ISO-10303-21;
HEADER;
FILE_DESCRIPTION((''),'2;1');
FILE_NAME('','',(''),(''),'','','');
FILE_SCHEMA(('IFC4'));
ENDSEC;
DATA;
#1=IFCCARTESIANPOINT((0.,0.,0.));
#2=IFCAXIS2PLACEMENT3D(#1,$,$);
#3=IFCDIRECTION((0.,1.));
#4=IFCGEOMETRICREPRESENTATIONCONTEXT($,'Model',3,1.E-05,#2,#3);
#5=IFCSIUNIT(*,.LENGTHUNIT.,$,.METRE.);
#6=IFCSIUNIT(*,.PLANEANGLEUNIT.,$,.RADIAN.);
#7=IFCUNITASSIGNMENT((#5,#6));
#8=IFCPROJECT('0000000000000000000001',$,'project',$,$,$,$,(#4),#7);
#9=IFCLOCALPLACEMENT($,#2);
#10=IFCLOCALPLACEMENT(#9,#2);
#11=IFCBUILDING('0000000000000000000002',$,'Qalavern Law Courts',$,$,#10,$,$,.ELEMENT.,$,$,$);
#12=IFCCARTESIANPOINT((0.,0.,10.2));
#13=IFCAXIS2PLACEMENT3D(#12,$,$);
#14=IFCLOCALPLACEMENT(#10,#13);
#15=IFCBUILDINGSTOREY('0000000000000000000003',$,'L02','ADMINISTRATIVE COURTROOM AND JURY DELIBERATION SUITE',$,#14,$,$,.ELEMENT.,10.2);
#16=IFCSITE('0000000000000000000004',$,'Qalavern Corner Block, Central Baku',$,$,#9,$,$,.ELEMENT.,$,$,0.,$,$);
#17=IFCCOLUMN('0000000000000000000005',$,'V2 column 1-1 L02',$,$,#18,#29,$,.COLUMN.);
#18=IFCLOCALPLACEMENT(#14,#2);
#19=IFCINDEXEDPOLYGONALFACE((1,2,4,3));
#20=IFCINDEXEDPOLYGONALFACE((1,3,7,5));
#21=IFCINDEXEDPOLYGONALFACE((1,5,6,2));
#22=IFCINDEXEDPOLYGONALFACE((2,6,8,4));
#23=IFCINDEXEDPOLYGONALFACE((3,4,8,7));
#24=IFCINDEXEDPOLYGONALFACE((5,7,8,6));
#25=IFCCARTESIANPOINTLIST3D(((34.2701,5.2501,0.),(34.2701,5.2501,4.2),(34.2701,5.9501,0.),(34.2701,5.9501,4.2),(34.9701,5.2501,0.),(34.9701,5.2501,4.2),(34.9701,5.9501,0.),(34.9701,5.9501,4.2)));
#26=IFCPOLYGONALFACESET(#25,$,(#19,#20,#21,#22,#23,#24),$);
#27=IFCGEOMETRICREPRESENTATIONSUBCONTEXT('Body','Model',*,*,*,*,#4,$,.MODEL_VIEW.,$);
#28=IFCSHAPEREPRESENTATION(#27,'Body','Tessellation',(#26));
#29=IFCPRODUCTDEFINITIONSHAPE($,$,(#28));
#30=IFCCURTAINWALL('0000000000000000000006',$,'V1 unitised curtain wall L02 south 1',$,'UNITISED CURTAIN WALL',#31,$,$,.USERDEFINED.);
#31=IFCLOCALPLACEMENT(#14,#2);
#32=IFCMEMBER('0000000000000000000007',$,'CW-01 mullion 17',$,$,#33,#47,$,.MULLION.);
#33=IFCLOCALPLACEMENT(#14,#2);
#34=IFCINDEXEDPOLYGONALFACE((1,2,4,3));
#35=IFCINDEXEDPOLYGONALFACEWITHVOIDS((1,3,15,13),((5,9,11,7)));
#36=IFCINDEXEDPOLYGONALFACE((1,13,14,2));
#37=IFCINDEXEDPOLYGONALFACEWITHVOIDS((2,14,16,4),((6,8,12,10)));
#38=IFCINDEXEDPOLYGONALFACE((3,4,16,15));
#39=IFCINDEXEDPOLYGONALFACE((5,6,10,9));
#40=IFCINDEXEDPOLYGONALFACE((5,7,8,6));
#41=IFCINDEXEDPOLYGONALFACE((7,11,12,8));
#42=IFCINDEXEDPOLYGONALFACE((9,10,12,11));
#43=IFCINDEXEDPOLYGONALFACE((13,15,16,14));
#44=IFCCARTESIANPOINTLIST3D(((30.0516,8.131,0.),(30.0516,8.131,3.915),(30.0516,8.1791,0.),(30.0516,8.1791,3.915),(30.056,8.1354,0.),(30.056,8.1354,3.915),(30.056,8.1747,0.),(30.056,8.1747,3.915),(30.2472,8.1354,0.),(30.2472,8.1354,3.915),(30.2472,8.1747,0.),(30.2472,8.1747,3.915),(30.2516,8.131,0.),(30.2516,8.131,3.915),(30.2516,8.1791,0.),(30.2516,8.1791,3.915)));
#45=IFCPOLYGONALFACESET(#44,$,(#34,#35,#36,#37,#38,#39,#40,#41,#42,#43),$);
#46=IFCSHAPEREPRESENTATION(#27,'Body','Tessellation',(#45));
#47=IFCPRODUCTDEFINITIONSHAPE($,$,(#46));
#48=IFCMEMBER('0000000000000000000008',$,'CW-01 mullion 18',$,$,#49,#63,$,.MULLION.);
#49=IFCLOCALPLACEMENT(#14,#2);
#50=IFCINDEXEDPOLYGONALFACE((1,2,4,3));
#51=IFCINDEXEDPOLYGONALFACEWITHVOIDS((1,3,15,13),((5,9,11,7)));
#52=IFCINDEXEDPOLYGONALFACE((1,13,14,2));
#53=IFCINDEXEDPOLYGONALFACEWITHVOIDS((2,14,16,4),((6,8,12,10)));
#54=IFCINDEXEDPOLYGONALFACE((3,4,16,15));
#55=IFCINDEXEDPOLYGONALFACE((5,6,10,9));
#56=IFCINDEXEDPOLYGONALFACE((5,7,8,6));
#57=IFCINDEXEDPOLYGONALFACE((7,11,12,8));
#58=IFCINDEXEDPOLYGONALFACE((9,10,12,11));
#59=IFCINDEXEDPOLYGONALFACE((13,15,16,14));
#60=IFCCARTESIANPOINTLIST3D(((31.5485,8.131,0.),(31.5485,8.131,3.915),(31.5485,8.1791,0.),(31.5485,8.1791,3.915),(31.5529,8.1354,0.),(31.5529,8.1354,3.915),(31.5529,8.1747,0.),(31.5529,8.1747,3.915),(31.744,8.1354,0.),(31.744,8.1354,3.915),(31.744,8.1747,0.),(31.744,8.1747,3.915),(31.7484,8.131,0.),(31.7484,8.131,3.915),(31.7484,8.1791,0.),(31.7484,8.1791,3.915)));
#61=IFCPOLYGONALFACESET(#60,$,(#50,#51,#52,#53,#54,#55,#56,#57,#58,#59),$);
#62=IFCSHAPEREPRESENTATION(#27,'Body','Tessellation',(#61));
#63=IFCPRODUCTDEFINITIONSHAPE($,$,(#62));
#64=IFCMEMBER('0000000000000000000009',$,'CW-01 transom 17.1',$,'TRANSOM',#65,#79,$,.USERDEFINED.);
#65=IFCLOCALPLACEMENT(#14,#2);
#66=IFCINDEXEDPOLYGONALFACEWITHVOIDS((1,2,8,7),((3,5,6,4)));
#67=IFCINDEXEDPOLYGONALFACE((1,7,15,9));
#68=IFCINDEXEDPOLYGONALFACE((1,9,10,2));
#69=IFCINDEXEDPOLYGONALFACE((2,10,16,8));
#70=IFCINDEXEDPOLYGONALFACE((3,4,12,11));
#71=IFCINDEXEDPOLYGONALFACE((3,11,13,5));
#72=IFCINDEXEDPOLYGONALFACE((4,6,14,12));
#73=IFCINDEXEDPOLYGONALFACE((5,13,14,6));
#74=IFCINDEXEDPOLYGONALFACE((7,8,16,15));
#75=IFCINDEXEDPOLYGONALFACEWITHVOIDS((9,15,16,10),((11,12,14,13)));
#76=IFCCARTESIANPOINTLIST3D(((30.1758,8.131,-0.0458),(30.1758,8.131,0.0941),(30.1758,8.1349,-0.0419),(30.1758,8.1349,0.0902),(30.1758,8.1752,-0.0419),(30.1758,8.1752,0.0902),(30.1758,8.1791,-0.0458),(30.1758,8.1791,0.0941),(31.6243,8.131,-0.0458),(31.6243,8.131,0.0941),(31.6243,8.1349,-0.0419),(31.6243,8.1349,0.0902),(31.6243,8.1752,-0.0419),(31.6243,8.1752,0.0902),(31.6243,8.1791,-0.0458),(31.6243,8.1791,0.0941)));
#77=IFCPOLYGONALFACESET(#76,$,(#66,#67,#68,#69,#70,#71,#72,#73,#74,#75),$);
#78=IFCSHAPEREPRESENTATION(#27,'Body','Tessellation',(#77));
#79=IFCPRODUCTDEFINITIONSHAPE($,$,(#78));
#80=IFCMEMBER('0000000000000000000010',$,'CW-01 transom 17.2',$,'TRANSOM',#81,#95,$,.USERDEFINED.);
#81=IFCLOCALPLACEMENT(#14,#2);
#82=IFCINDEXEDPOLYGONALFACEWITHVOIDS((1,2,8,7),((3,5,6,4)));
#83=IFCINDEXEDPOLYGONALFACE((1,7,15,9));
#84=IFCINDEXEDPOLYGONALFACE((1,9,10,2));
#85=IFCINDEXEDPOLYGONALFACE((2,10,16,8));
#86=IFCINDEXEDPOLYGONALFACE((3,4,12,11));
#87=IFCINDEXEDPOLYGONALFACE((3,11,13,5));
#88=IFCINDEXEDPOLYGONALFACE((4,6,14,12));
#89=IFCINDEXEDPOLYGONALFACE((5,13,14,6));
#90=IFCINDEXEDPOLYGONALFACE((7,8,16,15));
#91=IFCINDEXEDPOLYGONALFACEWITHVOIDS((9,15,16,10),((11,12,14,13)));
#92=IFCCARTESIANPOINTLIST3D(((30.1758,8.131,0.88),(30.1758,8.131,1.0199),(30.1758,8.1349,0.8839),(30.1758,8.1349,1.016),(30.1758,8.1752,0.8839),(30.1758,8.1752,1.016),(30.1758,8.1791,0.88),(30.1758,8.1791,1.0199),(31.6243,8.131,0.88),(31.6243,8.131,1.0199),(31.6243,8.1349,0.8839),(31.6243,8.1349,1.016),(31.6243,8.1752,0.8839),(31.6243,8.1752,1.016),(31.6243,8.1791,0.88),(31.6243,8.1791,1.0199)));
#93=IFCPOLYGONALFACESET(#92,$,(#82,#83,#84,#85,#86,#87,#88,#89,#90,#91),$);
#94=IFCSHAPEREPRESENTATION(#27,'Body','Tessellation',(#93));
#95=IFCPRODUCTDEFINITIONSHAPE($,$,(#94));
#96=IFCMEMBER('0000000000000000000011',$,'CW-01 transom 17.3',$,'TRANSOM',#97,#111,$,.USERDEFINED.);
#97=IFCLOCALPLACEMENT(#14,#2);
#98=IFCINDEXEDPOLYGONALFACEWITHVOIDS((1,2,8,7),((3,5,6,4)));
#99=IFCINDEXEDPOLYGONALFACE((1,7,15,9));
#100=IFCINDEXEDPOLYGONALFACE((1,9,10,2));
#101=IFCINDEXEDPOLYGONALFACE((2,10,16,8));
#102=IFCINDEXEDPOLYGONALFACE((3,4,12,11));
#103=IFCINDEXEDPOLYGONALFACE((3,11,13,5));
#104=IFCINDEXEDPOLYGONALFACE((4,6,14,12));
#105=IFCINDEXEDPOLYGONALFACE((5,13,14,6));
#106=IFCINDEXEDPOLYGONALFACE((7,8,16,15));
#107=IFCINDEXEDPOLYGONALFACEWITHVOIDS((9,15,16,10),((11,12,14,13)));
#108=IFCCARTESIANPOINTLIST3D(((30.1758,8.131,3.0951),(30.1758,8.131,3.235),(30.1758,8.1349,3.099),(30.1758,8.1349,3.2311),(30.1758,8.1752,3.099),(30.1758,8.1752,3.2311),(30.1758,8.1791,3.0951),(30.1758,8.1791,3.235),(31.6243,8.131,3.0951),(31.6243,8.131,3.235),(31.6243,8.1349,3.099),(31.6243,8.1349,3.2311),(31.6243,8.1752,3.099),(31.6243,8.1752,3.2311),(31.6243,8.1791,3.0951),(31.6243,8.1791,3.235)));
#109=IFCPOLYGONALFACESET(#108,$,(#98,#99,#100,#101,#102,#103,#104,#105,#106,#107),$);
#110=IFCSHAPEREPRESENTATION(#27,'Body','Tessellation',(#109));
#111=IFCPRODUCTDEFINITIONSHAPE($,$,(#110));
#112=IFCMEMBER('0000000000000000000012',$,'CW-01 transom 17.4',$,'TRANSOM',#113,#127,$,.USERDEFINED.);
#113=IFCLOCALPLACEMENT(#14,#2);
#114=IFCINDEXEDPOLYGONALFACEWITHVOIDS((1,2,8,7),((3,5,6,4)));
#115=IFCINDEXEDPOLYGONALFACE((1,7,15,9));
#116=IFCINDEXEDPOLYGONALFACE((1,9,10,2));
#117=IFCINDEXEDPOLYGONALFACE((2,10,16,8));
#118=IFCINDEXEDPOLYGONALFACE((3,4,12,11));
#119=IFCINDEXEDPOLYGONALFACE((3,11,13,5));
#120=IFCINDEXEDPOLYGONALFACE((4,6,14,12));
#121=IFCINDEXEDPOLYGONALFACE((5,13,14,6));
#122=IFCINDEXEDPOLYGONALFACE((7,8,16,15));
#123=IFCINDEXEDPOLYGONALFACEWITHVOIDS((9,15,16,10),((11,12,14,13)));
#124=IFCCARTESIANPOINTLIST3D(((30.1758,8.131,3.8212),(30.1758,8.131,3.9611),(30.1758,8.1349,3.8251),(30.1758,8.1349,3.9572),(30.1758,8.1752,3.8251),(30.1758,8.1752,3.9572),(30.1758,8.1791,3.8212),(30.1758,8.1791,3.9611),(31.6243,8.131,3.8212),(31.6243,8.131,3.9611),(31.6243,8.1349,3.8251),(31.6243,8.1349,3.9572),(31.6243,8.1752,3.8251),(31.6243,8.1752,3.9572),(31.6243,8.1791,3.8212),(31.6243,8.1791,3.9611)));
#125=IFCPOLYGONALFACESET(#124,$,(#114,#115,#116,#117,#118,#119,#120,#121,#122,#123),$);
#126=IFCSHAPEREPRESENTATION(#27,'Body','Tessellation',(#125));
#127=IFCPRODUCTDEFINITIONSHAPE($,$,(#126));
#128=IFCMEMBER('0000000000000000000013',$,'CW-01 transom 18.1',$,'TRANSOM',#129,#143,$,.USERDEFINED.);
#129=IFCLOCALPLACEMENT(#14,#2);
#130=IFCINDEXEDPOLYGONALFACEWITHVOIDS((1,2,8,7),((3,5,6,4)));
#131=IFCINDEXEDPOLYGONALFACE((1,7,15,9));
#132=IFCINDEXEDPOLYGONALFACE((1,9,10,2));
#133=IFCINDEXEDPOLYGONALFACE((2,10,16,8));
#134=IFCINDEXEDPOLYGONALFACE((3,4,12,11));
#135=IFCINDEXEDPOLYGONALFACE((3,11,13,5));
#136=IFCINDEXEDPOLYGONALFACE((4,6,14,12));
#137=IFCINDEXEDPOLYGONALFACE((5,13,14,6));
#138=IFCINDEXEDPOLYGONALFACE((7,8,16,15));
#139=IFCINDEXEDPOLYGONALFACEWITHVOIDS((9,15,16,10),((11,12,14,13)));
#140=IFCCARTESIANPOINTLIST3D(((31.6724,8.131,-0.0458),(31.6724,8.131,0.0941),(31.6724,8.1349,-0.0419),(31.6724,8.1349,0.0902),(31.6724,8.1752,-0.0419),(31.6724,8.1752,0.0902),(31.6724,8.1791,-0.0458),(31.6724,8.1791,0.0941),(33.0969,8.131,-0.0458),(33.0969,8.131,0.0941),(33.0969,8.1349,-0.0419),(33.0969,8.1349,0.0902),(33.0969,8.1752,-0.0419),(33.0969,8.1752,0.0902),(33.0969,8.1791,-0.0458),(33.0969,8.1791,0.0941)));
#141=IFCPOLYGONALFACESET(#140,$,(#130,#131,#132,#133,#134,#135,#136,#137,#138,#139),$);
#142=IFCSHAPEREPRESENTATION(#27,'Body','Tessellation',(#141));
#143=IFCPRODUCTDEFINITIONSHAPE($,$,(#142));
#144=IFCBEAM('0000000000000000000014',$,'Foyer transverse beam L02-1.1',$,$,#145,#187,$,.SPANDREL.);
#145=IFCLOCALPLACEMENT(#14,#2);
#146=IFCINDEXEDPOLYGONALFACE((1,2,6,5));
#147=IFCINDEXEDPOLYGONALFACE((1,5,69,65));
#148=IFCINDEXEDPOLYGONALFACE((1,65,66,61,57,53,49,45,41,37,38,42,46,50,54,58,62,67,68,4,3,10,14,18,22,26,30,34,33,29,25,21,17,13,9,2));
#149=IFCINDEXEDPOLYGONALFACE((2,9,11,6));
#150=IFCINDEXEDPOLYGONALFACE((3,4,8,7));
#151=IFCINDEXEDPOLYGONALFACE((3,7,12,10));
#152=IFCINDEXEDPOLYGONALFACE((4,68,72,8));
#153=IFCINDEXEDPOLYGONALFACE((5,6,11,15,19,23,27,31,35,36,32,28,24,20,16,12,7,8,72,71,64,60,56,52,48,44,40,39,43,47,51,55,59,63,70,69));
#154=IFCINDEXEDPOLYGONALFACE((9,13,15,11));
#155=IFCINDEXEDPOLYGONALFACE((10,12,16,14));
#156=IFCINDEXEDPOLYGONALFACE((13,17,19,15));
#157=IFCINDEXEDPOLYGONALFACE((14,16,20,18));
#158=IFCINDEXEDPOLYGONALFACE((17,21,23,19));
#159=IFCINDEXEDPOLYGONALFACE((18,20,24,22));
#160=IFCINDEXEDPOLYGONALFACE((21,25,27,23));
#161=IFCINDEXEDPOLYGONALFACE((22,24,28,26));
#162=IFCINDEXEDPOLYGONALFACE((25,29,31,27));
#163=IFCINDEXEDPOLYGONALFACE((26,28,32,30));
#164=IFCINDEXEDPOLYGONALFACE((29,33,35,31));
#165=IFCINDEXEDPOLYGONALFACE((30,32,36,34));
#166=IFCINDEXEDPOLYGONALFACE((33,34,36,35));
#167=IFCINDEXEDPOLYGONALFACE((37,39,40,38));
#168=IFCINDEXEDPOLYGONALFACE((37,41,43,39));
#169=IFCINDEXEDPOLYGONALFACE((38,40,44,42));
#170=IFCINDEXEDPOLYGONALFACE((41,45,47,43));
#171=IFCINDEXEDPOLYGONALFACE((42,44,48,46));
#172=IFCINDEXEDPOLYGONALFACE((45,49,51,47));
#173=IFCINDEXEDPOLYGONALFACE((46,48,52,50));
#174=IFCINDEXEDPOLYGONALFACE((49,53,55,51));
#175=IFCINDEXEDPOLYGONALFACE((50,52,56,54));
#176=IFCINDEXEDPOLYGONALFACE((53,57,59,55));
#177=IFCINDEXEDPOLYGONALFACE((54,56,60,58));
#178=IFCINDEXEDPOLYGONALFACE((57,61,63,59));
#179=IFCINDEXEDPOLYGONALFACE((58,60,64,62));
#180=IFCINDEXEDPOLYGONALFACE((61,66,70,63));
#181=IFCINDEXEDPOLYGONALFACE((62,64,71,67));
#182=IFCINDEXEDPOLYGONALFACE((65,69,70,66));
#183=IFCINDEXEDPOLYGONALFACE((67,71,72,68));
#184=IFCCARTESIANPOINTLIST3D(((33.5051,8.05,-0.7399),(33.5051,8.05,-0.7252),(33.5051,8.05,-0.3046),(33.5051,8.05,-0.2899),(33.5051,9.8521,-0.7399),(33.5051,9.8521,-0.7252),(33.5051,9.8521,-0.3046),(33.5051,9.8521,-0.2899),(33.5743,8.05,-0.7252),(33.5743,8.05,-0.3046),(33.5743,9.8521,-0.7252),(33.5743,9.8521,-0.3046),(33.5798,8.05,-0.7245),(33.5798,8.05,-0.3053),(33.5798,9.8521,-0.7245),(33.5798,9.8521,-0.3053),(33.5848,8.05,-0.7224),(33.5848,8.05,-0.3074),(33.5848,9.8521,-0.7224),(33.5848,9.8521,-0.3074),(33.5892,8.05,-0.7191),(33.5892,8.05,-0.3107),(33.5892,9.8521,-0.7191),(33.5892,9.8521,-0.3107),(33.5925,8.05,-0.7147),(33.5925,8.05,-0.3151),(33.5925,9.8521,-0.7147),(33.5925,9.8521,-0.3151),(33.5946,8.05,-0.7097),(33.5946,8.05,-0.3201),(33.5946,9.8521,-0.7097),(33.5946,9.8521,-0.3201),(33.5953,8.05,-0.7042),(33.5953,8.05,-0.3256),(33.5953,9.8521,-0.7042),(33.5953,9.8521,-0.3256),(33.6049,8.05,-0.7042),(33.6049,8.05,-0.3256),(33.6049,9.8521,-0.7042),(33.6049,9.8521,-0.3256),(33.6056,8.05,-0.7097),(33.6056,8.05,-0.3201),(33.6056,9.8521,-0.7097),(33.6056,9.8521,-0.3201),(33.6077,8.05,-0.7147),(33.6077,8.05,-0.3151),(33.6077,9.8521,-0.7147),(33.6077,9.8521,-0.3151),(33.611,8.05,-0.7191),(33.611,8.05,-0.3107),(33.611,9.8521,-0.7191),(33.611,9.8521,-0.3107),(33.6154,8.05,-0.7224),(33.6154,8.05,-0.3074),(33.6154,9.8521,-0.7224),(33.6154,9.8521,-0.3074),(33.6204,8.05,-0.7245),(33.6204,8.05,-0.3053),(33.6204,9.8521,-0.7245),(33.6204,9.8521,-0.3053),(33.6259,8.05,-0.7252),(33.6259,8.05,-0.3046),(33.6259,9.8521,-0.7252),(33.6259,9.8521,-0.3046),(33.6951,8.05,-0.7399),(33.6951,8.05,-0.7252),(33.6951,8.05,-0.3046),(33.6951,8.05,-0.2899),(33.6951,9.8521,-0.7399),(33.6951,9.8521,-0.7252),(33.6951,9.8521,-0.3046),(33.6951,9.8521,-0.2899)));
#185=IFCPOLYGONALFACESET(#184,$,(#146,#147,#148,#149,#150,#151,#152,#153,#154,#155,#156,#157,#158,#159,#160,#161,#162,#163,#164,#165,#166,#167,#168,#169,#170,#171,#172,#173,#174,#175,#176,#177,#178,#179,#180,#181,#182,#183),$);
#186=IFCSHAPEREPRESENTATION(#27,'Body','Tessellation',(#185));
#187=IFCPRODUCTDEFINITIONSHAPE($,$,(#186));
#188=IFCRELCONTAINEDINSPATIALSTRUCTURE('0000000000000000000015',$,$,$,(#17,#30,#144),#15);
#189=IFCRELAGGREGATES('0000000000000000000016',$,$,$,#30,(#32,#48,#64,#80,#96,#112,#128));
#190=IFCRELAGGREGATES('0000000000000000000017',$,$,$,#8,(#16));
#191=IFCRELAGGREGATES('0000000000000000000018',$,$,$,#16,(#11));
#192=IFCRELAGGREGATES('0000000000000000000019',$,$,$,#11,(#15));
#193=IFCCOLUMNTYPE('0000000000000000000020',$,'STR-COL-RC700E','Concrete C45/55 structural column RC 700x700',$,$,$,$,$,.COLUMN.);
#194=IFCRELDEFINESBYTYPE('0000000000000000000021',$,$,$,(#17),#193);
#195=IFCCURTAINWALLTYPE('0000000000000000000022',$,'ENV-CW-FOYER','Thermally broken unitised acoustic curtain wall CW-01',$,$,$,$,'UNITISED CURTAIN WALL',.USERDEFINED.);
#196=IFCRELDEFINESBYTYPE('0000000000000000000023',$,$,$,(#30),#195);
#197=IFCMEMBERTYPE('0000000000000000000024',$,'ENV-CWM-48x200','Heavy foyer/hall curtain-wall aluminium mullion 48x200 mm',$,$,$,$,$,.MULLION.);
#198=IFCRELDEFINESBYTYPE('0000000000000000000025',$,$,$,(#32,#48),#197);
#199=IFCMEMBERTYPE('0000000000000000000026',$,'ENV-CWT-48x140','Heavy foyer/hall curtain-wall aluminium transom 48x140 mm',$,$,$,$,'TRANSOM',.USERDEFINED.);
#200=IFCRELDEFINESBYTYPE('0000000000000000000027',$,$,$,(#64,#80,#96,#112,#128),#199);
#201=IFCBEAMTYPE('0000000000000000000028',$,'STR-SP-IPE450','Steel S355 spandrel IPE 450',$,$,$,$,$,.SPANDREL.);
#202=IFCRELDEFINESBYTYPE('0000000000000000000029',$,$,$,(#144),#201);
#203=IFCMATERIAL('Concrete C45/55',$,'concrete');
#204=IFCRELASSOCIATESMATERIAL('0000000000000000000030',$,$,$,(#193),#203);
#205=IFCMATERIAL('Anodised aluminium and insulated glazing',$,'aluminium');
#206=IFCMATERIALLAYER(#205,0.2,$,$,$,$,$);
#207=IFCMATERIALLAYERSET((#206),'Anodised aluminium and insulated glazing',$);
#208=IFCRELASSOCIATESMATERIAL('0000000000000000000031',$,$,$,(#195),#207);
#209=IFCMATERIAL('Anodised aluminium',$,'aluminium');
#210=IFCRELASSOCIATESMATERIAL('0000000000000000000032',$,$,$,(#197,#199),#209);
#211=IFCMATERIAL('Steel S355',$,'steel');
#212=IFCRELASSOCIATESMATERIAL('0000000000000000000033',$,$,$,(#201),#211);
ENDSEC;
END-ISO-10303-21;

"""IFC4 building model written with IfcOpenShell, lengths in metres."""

from ifc_helpers import new_model, si_unit, direction, frame, origin, origin_2d, place, context, subcontext, project, spatial, rectangle, hollow_rectangle, i_section, extrude, material, layer, layer_set, material_profile, profile_set, type_object, element, aggregate, save


model = new_model("IFC4")

# Units and contexts
model_context = context("Model", 3, precision=1e-05, world=origin(), true_north=direction((0.0, 1.0)))
body_context = subcontext(model_context, "Body", "Model", "MODEL_VIEW")
ifc_project = project(units=[si_unit("LENGTHUNIT", "METRE"), si_unit("PLANEANGLEUNIT", "RADIAN")], contexts=[model_context])

# Site, building, storey
site_placement = place(None, origin())
site = spatial("IfcSite", under=ifc_project, at=site_placement, Name="Qalavern Corner Block, Central Baku", CompositionType="ELEMENT", RefElevation=0.0)
building_placement = place(site_placement, origin())
building = spatial("IfcBuilding", under=site, at=building_placement, Name="Qalavern Law Courts", CompositionType="ELEMENT")
storey_placement = place(building_placement, frame((0.0, 0.0, 10.2)))
storey = spatial("IfcBuildingStorey", under=building, at=storey_placement, Name="L02", Description="ADMINISTRATIVE COURTROOM AND JURY DELIBERATION SUITE", CompositionType="ELEMENT", Elevation=10.2)

# Column
ifc_material_1 = material(Name="Concrete C45/55", Category="concrete")
ifc_material_profile_1 = material_profile(ifc_material_1, rectangle(XDim=0.7, YDim=0.7, at=origin_2d()), Name="RC 700x700")
ifc_profile_set_1 = profile_set([ifc_material_profile_1], Name="Concrete C45/55")
column_type = type_object("IfcColumnType", Name="STR-COL-RC700E", Description="Concrete C45/55 structural column RC 700x700", PredefinedType="COLUMN", material=ifc_profile_set_1)
column_placement = place(storey_placement, frame((34.6201, 5.6001, 0.0), z_axis=(0.0, 0.0, 1.0), x_axis=(1.0, 0.0, 0.0)))
element("IfcColumn", 1, at=column_placement, inside=storey, type_object=column_type, Name="V2 column 1-1 L02", PredefinedType="COLUMN", context=body_context, shape_type="SweptSolid", body=[
    extrude(rectangle(XDim=0.7, YDim=0.7, at=origin_2d()), origin(), (0.0, 0.0, 1.0), 4.2),
])

# Curtain wall, members
ifc_material_2 = material(Name="Anodised aluminium and insulated glazing", Category="aluminium")
ifc_layer_1 = layer(ifc_material_2, 0.2)
ifc_layer_set_1 = layer_set([ifc_layer_1], Name="Anodised aluminium and insulated glazing")
curtain_wall_type = type_object("IfcCurtainWallType", Name="ENV-CW-FOYER", Description="Thermally broken unitised acoustic curtain wall CW-01", ElementType="UNITISED CURTAIN WALL", PredefinedType="USERDEFINED", material=ifc_layer_set_1)
curtain_wall_placement = place(storey_placement, origin())
curtain_wall = element("IfcCurtainWall", 2, at=curtain_wall_placement, inside=storey, type_object=curtain_wall_type, Name="V1 unitised curtain wall L02 south 1", ObjectType="UNITISED CURTAIN WALL", PredefinedType="USERDEFINED")
ifc_material_3 = material(Name="Anodised aluminium", Category="aluminium")
ifc_material_profile_2 = material_profile(ifc_material_3, hollow_rectangle(XDim=0.0481, YDim=0.2, WallThickness=0.0044, at=origin_2d()), Name="ALU MULLION 48x200")
ifc_profile_set_2 = profile_set([ifc_material_profile_2], Name="Anodised aluminium")
member_type_1 = type_object("IfcMemberType", Name="ENV-CWM-48x200", Description="Heavy foyer/hall curtain-wall aluminium mullion 48x200 mm", PredefinedType="MULLION", material=ifc_profile_set_2)
member_1_placement = place(storey_placement, frame((30.1516, 8.155, 0.0), z_axis=(0.0, 0.0, 1.0), x_axis=(0.0, 1.0, 0.0)))
member_1 = element("IfcMember", 3, at=member_1_placement, type_object=member_type_1, Name="CW-01 mullion 17", PredefinedType="MULLION", context=body_context, shape_type="SweptSolid", body=[
    extrude(hollow_rectangle(XDim=0.0481, YDim=0.2, WallThickness=0.0044, at=origin_2d()), origin(), (0.0, 0.0, 1.0), 3.915),
])
member_2_placement = place(storey_placement, frame((31.6484, 8.155, 0.0), z_axis=(0.0, 0.0, 1.0), x_axis=(0.0, 1.0, 0.0)))
member_2 = element("IfcMember", 4, at=member_2_placement, type_object=member_type_1, Name="CW-01 mullion 18", PredefinedType="MULLION", context=body_context, shape_type="SweptSolid", body=[
    extrude(hollow_rectangle(XDim=0.0481, YDim=0.2, WallThickness=0.0044, at=origin_2d()), origin(), (0.0, 0.0, 1.0), 3.915),
])
ifc_material_profile_3 = material_profile(ifc_material_3, hollow_rectangle(XDim=0.0481, YDim=0.1399, WallThickness=0.0039, at=origin_2d()), Name="ALU TRANSOM 48x140")
ifc_profile_set_3 = profile_set([ifc_material_profile_3], Name="Anodised aluminium")
member_type_2 = type_object("IfcMemberType", Name="ENV-CWT-48x140", Description="Heavy foyer/hall curtain-wall aluminium transom 48x140 mm", ElementType="TRANSOM", PredefinedType="USERDEFINED", material=ifc_profile_set_3)
member_3_placement = place(storey_placement, frame((30.1758, 8.155, 0.0242), z_axis=(1.0, 0.0, 0.0), x_axis=(0.0, 1.0, 0.0)))
member_3 = element("IfcMember", 5, at=member_3_placement, type_object=member_type_2, Name="CW-01 transom 17.1", ObjectType="TRANSOM", PredefinedType="USERDEFINED", context=body_context, shape_type="SweptSolid", body=[
    extrude(hollow_rectangle(XDim=0.0481, YDim=0.1399, WallThickness=0.0039, at=origin_2d()), origin(), (0.0, 0.0, 1.0), 1.4485),
])
member_4_placement = place(storey_placement, frame((30.1758, 8.155, 0.95), z_axis=(1.0, 0.0, 0.0), x_axis=(0.0, 1.0, 0.0)))
member_4 = element("IfcMember", 6, at=member_4_placement, type_object=member_type_2, Name="CW-01 transom 17.2", ObjectType="TRANSOM", PredefinedType="USERDEFINED", context=body_context, shape_type="SweptSolid", body=[
    extrude(hollow_rectangle(XDim=0.0481, YDim=0.1399, WallThickness=0.0039, at=origin_2d()), origin(), (0.0, 0.0, 1.0), 1.4485),
])
member_5_placement = place(storey_placement, frame((30.1758, 8.155, 3.165), z_axis=(1.0, 0.0, 0.0), x_axis=(0.0, 1.0, 0.0)))
member_5 = element("IfcMember", 7, at=member_5_placement, type_object=member_type_2, Name="CW-01 transom 17.3", ObjectType="TRANSOM", PredefinedType="USERDEFINED", context=body_context, shape_type="SweptSolid", body=[
    extrude(hollow_rectangle(XDim=0.0481, YDim=0.1399, WallThickness=0.0039, at=origin_2d()), origin(), (0.0, 0.0, 1.0), 1.4485),
])
member_6_placement = place(storey_placement, frame((30.1758, 8.155, 3.8911), z_axis=(1.0, 0.0, 0.0), x_axis=(0.0, 1.0, 0.0)))
member_6 = element("IfcMember", 8, at=member_6_placement, type_object=member_type_2, Name="CW-01 transom 17.4", ObjectType="TRANSOM", PredefinedType="USERDEFINED", context=body_context, shape_type="SweptSolid", body=[
    extrude(hollow_rectangle(XDim=0.0481, YDim=0.1399, WallThickness=0.0039, at=origin_2d()), origin(), (0.0, 0.0, 1.0), 1.4485),
])
member_7_placement = place(storey_placement, frame((31.6724, 8.155, 0.0242), z_axis=(1.0, 0.0, 0.0), x_axis=(0.0, 1.0, 0.0)))
member_7 = element("IfcMember", 9, at=member_7_placement, type_object=member_type_2, Name="CW-01 transom 18.1", ObjectType="TRANSOM", PredefinedType="USERDEFINED", context=body_context, shape_type="SweptSolid", body=[
    extrude(hollow_rectangle(XDim=0.0481, YDim=0.1399, WallThickness=0.0039, at=origin_2d()), origin(), (0.0, 0.0, 1.0), 1.4246),
])

# Beam
ifc_material_4 = material(Name="Steel S355", Category="steel")
ifc_material_profile_4 = material_profile(ifc_material_4, i_section(OverallWidth=0.1899, OverallDepth=0.45, WebThickness=0.0095, FlangeThickness=0.0146, FilletRadius=0.021, at=origin_2d()), Name="IPE 450")
ifc_profile_set_4 = profile_set([ifc_material_profile_4], Name="Steel S355")
beam_type_1 = type_object("IfcBeamType", Name="STR-SP-IPE450", Description="Steel S355 spandrel IPE 450", PredefinedType="SPANDREL", material=ifc_profile_set_4)
beam_1_placement = place(storey_placement, frame((33.6001, 8.05, -0.5149), z_axis=(0.0, 1.0, 0.0), x_axis=(-1.0, 0.0, 0.0)))
element("IfcBeam", 10, at=beam_1_placement, inside=storey, type_object=beam_type_1, Name="Foyer transverse beam L02-1.1", PredefinedType="SPANDREL", context=body_context, shape_type="SweptSolid", body=[
    extrude(i_section(OverallWidth=0.1899, OverallDepth=0.45, WebThickness=0.0095, FlangeThickness=0.0146, FilletRadius=0.021, at=origin_2d()), origin(), (0.0, 0.0, 1.0), 1.802),
])

aggregate(curtain_wall, [member_1, member_2, member_3, member_4, member_5, member_6, member_7])

save(model, "model.ifc")
